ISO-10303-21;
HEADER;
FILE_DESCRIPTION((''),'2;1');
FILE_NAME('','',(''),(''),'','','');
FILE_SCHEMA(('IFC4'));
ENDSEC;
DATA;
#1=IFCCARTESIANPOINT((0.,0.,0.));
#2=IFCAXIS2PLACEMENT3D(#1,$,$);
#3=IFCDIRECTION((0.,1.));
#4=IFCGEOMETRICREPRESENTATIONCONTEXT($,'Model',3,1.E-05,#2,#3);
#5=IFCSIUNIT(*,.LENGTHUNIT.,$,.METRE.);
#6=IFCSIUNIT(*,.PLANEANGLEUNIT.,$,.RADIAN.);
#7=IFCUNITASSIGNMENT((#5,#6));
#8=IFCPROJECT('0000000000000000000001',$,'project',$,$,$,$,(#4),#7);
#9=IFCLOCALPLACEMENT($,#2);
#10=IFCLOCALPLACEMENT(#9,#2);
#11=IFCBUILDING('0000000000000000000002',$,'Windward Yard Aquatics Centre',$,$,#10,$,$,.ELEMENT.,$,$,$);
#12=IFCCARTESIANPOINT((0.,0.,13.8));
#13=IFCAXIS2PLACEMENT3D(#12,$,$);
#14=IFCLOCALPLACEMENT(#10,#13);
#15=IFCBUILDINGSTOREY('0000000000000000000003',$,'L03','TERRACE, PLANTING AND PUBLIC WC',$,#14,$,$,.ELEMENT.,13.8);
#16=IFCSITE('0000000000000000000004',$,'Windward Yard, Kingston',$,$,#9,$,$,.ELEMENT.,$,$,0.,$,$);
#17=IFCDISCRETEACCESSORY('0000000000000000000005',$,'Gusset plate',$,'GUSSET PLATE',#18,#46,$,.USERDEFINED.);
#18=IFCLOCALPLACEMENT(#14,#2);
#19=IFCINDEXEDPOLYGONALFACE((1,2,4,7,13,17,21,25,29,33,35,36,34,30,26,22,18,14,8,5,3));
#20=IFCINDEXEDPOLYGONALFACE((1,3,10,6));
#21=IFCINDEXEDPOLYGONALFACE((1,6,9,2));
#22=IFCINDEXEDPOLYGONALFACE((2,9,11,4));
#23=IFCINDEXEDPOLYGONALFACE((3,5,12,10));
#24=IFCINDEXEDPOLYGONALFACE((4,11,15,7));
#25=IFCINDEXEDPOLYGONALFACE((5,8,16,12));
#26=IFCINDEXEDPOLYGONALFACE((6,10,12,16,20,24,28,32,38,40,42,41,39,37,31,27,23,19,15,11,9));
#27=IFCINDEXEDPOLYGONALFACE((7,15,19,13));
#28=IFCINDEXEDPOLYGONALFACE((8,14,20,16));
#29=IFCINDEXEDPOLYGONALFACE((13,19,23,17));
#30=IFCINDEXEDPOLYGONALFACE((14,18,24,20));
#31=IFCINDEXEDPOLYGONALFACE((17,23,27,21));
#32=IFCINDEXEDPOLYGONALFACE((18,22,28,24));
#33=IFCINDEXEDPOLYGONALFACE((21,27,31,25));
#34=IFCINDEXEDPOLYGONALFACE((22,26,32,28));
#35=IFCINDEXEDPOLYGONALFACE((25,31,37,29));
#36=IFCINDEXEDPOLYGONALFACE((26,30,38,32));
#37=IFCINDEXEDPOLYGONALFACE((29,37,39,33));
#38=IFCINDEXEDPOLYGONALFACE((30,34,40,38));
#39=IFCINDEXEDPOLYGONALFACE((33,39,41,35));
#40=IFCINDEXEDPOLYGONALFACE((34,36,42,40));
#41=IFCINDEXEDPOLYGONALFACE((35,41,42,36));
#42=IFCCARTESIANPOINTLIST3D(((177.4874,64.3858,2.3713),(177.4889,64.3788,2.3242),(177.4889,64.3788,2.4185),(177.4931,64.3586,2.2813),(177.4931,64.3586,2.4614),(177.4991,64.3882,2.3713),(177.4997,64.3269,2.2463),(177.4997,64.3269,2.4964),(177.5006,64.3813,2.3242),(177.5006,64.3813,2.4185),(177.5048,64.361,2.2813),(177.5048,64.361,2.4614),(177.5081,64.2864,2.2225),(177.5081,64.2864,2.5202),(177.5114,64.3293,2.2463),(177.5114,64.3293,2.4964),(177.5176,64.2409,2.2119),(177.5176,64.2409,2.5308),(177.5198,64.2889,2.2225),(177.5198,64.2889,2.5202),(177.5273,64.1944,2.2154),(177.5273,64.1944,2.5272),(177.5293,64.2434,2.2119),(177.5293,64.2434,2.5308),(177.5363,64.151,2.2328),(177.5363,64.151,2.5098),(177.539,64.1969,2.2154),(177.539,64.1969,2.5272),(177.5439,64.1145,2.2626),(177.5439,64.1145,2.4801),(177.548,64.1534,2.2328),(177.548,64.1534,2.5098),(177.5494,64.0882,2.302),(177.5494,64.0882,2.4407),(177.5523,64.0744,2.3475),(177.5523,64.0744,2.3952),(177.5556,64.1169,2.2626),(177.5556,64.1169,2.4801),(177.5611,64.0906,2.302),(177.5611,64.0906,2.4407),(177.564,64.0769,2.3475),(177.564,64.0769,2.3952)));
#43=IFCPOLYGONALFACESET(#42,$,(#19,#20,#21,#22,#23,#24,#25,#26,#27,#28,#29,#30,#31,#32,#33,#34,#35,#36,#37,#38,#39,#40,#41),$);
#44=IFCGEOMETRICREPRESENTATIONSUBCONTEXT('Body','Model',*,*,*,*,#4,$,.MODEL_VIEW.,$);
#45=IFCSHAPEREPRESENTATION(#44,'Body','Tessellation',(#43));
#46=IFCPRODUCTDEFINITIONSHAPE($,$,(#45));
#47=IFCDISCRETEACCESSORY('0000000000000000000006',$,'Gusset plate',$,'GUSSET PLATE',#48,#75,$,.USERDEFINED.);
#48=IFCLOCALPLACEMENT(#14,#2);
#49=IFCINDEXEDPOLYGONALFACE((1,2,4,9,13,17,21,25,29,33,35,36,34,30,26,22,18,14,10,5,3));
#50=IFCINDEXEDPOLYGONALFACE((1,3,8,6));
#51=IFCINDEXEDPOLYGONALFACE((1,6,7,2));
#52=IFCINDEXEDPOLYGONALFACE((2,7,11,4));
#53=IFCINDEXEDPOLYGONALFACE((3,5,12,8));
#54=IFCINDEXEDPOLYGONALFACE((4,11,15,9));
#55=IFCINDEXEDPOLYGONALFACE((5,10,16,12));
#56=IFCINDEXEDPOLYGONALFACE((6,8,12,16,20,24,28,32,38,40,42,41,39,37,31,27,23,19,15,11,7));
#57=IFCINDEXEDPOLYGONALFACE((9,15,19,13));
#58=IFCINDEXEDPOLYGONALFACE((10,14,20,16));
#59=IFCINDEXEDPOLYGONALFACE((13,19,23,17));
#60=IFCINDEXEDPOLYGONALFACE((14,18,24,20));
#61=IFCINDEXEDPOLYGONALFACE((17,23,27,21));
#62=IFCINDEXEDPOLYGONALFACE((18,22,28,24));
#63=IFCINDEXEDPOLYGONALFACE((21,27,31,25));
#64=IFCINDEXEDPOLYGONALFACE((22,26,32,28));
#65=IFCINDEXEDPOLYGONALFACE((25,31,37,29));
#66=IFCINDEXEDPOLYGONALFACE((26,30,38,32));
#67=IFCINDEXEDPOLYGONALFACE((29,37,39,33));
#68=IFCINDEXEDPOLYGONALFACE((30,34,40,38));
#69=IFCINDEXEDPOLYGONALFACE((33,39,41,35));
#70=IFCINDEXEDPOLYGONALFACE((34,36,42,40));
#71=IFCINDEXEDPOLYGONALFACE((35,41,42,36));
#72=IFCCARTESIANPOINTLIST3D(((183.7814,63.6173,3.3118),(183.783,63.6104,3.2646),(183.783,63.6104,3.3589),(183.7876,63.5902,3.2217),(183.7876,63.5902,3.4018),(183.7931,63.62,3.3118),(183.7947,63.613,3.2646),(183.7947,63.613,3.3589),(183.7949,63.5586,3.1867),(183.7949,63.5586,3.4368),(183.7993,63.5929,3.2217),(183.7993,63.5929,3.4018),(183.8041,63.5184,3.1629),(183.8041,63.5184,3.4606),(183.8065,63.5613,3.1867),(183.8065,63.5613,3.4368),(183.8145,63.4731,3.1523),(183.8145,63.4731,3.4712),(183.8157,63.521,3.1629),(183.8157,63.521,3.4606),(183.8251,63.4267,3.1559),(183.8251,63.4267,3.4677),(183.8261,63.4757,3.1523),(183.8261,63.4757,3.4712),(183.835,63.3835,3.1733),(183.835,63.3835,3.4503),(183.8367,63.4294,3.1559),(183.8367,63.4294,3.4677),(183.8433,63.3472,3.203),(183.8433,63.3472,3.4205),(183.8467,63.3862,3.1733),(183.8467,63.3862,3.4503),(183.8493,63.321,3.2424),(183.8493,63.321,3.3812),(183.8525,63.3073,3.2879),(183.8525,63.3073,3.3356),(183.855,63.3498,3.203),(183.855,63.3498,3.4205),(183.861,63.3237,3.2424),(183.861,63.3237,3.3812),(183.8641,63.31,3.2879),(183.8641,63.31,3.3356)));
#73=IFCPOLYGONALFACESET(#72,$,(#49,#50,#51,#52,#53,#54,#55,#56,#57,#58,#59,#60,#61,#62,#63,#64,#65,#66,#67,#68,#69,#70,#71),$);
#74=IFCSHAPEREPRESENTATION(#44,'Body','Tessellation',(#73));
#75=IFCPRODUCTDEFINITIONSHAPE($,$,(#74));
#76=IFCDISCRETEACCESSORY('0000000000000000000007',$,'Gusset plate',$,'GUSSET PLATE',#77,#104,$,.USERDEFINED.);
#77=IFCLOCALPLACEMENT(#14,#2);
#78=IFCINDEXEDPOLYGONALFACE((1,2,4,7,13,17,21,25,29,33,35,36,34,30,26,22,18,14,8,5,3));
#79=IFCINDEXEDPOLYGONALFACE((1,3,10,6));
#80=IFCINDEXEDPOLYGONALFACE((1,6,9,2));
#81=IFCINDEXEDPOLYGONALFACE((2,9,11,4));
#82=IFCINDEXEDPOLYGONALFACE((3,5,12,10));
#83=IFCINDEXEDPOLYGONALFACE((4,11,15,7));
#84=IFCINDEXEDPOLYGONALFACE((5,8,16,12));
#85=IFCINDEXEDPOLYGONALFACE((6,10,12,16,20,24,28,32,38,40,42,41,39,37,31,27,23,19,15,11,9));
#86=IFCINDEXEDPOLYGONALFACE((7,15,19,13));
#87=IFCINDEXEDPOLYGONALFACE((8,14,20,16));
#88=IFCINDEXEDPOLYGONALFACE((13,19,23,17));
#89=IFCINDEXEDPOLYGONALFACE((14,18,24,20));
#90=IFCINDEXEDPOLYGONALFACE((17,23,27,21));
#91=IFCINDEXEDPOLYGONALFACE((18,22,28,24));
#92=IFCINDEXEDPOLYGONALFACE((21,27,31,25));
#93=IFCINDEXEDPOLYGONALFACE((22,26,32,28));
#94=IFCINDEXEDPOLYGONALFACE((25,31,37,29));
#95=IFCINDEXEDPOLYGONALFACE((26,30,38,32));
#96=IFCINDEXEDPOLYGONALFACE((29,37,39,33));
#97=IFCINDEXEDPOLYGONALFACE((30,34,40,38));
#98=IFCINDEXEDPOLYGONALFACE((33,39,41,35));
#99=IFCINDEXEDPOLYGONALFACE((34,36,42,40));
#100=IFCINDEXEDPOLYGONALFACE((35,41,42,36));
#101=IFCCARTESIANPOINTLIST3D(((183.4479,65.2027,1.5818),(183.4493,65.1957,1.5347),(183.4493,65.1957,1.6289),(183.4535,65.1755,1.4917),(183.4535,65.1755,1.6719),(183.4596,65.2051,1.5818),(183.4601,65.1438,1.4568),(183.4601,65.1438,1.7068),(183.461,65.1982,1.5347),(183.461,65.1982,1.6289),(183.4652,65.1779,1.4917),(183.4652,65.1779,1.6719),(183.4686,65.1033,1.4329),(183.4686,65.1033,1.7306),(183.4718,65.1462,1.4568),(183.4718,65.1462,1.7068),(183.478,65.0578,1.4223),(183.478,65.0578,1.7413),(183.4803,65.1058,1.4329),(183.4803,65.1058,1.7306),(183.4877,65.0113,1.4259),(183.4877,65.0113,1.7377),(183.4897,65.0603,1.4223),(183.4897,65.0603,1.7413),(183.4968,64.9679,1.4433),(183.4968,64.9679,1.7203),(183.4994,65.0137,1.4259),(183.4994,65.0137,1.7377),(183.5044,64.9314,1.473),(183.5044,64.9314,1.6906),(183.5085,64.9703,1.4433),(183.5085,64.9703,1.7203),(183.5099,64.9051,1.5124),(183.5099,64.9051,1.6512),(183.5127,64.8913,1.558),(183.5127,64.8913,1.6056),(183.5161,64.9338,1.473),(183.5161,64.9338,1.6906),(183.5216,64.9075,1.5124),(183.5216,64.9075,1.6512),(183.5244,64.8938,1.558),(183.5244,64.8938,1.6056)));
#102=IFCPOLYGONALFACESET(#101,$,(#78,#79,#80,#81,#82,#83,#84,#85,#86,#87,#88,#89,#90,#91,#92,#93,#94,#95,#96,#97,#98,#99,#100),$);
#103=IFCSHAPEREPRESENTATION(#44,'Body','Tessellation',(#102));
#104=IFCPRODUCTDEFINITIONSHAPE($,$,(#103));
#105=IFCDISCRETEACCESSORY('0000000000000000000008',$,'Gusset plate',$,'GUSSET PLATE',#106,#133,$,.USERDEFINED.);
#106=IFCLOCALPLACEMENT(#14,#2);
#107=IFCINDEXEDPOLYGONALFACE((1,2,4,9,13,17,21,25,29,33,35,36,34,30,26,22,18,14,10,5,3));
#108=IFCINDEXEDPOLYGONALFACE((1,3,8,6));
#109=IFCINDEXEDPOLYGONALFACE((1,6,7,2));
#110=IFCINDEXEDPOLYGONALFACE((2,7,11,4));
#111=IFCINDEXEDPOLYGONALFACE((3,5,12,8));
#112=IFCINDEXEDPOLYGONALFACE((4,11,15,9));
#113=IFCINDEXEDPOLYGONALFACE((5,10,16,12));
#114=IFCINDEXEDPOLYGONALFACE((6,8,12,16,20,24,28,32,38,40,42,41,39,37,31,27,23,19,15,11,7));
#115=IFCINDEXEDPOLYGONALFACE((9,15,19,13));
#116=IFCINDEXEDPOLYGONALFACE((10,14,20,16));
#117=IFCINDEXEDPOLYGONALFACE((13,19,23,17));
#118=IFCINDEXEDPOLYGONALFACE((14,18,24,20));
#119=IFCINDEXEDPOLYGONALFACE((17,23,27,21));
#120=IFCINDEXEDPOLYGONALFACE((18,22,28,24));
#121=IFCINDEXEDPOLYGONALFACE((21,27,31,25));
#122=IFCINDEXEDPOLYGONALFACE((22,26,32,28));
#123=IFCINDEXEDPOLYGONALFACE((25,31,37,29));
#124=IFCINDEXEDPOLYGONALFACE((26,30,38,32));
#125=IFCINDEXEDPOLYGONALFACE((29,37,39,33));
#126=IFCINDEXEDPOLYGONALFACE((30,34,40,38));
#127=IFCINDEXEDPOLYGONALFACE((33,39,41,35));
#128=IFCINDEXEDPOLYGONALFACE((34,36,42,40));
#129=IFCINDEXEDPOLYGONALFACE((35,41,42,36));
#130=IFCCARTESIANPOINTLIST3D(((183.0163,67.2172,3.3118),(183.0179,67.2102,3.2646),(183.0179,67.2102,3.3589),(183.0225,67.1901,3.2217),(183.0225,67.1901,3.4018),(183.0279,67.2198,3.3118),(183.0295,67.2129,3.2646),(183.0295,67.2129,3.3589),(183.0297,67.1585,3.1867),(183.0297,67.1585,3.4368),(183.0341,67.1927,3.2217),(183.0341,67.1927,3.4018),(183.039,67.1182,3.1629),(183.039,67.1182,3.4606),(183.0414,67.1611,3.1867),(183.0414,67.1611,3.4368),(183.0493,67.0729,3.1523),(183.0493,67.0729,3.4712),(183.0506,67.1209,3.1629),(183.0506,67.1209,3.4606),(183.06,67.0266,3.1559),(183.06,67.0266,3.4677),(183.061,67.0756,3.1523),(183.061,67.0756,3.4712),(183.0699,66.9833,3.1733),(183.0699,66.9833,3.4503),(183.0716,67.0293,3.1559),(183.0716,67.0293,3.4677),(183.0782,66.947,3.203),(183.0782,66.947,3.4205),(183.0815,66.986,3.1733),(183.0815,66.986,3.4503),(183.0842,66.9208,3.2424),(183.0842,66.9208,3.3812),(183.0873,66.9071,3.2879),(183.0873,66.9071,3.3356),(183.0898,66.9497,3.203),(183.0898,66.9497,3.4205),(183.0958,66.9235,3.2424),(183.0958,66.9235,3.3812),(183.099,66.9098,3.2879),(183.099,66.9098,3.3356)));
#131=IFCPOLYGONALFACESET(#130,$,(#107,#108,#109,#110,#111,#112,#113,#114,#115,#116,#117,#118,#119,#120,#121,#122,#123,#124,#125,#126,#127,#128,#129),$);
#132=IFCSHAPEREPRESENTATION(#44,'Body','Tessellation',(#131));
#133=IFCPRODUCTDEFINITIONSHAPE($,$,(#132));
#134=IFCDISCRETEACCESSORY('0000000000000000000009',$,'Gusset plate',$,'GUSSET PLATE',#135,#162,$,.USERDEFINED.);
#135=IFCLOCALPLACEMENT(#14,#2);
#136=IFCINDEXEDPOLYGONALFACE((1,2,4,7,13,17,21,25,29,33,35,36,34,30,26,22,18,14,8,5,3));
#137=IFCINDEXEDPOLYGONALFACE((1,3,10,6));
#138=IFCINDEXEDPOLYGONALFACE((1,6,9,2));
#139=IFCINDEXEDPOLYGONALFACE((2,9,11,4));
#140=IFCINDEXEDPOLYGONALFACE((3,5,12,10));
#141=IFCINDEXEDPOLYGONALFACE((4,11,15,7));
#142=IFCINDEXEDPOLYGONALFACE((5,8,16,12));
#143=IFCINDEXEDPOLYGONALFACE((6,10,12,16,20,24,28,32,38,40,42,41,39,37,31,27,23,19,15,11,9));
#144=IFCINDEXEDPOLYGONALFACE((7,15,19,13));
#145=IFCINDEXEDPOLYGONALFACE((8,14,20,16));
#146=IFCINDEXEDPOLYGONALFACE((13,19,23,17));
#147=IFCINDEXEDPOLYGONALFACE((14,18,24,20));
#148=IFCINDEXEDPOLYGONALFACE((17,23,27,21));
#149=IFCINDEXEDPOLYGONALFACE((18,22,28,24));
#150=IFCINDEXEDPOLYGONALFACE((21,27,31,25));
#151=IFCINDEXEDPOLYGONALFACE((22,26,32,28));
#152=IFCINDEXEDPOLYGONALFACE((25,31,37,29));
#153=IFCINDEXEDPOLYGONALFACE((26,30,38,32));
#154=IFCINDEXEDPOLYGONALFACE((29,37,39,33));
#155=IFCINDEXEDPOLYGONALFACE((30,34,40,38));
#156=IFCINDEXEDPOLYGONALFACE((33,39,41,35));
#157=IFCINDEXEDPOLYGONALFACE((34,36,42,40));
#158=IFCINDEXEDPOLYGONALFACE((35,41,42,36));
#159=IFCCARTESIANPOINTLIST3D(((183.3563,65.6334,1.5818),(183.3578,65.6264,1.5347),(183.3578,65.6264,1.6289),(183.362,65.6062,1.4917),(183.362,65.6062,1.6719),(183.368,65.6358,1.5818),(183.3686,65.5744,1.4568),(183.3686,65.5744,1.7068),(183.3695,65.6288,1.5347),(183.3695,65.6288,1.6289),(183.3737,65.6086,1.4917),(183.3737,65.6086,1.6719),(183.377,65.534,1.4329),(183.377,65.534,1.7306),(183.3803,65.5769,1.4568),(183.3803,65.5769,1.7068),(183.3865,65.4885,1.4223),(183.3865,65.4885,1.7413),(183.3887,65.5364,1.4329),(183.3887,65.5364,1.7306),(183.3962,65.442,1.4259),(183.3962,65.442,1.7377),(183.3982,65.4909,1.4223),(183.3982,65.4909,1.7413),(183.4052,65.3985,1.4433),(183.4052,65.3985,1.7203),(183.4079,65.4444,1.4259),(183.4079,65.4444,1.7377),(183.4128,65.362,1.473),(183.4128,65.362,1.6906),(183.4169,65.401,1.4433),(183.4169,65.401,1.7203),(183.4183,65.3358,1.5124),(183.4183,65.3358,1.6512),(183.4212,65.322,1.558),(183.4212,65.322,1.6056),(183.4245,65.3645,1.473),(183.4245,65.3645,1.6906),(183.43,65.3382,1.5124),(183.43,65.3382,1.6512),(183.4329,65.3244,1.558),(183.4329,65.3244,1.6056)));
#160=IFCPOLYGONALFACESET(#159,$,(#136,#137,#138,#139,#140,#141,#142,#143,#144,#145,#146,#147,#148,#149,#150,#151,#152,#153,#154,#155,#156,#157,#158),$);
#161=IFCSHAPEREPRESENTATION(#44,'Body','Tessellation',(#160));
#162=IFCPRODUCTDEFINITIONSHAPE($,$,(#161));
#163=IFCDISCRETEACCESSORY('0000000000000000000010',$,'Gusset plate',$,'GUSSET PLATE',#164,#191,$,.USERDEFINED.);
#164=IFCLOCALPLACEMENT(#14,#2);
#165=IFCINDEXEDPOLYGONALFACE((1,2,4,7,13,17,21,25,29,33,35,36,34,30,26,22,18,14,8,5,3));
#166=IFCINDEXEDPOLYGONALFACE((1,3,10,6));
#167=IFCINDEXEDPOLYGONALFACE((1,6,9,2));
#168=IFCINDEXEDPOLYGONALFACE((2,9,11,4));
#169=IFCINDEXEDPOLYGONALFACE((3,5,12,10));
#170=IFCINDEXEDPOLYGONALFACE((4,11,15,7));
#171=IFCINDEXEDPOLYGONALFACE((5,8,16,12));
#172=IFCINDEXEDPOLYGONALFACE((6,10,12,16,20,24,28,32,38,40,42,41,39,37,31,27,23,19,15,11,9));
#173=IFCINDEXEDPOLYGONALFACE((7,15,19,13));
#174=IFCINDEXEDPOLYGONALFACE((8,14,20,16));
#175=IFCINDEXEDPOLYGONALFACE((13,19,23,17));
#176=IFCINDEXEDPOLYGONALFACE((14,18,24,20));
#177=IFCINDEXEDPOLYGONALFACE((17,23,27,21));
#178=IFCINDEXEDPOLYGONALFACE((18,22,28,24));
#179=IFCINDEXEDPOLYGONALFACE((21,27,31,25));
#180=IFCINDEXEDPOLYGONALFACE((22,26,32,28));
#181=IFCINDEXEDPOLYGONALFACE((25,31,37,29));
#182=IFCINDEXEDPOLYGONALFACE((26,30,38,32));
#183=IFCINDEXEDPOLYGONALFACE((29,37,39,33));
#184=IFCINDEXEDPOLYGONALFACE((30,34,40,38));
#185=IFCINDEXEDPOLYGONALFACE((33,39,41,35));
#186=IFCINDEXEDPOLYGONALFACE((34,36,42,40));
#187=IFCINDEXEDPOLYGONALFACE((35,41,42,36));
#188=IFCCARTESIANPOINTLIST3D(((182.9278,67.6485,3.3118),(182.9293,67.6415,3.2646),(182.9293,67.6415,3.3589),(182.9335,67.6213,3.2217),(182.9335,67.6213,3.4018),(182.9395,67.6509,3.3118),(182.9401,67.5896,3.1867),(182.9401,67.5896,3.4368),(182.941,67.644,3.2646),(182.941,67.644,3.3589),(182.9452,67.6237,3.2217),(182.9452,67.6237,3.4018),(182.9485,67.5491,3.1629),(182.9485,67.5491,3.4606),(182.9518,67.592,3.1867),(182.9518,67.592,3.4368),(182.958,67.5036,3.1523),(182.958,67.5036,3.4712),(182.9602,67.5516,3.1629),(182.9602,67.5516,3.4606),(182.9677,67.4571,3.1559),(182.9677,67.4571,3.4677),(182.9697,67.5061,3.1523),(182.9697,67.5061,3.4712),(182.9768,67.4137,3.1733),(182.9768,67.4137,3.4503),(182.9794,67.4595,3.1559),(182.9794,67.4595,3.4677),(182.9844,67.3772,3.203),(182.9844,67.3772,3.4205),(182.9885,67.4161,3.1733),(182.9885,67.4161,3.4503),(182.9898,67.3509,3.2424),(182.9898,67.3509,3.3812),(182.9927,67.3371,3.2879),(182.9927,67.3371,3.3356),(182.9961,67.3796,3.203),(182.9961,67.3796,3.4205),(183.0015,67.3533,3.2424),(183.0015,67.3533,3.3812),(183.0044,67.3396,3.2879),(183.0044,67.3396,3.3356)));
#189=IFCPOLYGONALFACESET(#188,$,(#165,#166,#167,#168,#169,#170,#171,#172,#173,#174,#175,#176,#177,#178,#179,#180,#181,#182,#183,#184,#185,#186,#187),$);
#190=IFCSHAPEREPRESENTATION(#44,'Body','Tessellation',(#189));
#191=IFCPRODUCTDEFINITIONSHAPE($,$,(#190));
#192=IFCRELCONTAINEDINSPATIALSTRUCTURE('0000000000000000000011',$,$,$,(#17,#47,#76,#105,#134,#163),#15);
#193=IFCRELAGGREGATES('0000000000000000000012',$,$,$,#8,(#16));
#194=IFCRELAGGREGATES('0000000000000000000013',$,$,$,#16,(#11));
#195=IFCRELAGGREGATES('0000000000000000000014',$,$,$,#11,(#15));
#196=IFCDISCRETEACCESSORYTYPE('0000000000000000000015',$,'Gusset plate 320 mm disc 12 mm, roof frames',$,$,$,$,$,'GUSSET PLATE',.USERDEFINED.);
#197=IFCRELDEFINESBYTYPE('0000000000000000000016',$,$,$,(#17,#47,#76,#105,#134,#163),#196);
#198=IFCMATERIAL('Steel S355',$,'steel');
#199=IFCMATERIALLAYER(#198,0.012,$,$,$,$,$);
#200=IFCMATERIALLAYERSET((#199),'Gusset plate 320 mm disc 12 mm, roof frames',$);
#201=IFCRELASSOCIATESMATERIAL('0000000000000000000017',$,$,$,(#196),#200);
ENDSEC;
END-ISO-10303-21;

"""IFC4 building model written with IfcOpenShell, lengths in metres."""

from ifc_helpers import new_model, si_unit, direction, frame, origin, origin_2d, place, context, subcontext, project, spatial, circle, extrude, material, layer, layer_set, type_object, element, save


model = new_model("IFC4")

# Units and contexts
model_context = context("Model", 3, precision=1e-05, world=origin(), true_north=direction((0.0, 1.0)))
body_context = subcontext(model_context, "Body", "Model", "MODEL_VIEW")
ifc_project = project(units=[si_unit("LENGTHUNIT", "METRE"), si_unit("PLANEANGLEUNIT", "RADIAN")], contexts=[model_context])

# Site, building, storey
site_placement = place(None, origin())
site = spatial("IfcSite", under=ifc_project, at=site_placement, Name="Windward Yard, Kingston", CompositionType="ELEMENT", RefElevation=0.0)
building_placement = place(site_placement, origin())
building = spatial("IfcBuilding", under=site, at=building_placement, Name="Windward Yard Aquatics Centre", CompositionType="ELEMENT")
storey_placement = place(building_placement, frame((0.0, 0.0, 13.8)))
storey = spatial("IfcBuildingStorey", under=building, at=storey_placement, Name="L03", Description="TERRACE, PLANTING AND PUBLIC WC", CompositionType="ELEMENT", Elevation=13.8)

# Discrete accessories
ifc_material_1 = material(Name="Steel S355", Category="steel")
ifc_layer = layer(ifc_material_1, 0.012)
ifc_layer_set = layer_set([ifc_layer], Name="Gusset plate 320 mm disc 12 mm, roof frames")
discrete_accessory_type = type_object("IfcDiscreteAccessoryType", Name="Gusset plate 320 mm disc 12 mm, roof frames", ElementType="GUSSET PLATE", PredefinedType="USERDEFINED", material=ifc_layer_set)
for number, where, z_axis, x_axis, name in (
    (1, (177.52, 64.2292, 2.3713), (0.97898, 0.203954, 0.0), (-0.203954, 0.97898, 0.0), "Gusset plate"),
    (2, (183.8171, 63.4614, 3.3118), (0.974732, 0.223376, 0.0), (-0.223376, 0.974732, 0.0), "Gusset plate"),
    (3, (183.4805, 65.0461, 1.5818), (0.97898, 0.203954, 0.0), (-0.203954, 0.97898, 0.0), "Gusset plate"),
    (4, (183.052, 67.0613, 3.3118), (0.974732, 0.223376, 0.0), (-0.223376, 0.974732, 0.0), "Gusset plate"),
    (5, (183.3889, 65.4768, 1.5818), (0.97898, 0.203954, 0.0), (-0.203954, 0.97898, 0.0), "Gusset plate"),
    (6, (182.9604, 67.4919, 3.3118), (0.97898, 0.203954, 0.0), (-0.203954, 0.97898, 0.0), "Gusset plate"),
):
    element("IfcDiscreteAccessory", number, at=place(storey_placement, frame(where, z_axis=z_axis, x_axis=x_axis)), inside=storey, type_object=discrete_accessory_type, Name=name, ObjectType="GUSSET PLATE", PredefinedType="USERDEFINED", context=body_context, shape_type="SweptSolid", body=[
        extrude(circle(Radius=0.1599, at=origin_2d()), origin(), (0.0, 0.0, 1.0), 0.012),
    ])

save(model, "model.ifc")
